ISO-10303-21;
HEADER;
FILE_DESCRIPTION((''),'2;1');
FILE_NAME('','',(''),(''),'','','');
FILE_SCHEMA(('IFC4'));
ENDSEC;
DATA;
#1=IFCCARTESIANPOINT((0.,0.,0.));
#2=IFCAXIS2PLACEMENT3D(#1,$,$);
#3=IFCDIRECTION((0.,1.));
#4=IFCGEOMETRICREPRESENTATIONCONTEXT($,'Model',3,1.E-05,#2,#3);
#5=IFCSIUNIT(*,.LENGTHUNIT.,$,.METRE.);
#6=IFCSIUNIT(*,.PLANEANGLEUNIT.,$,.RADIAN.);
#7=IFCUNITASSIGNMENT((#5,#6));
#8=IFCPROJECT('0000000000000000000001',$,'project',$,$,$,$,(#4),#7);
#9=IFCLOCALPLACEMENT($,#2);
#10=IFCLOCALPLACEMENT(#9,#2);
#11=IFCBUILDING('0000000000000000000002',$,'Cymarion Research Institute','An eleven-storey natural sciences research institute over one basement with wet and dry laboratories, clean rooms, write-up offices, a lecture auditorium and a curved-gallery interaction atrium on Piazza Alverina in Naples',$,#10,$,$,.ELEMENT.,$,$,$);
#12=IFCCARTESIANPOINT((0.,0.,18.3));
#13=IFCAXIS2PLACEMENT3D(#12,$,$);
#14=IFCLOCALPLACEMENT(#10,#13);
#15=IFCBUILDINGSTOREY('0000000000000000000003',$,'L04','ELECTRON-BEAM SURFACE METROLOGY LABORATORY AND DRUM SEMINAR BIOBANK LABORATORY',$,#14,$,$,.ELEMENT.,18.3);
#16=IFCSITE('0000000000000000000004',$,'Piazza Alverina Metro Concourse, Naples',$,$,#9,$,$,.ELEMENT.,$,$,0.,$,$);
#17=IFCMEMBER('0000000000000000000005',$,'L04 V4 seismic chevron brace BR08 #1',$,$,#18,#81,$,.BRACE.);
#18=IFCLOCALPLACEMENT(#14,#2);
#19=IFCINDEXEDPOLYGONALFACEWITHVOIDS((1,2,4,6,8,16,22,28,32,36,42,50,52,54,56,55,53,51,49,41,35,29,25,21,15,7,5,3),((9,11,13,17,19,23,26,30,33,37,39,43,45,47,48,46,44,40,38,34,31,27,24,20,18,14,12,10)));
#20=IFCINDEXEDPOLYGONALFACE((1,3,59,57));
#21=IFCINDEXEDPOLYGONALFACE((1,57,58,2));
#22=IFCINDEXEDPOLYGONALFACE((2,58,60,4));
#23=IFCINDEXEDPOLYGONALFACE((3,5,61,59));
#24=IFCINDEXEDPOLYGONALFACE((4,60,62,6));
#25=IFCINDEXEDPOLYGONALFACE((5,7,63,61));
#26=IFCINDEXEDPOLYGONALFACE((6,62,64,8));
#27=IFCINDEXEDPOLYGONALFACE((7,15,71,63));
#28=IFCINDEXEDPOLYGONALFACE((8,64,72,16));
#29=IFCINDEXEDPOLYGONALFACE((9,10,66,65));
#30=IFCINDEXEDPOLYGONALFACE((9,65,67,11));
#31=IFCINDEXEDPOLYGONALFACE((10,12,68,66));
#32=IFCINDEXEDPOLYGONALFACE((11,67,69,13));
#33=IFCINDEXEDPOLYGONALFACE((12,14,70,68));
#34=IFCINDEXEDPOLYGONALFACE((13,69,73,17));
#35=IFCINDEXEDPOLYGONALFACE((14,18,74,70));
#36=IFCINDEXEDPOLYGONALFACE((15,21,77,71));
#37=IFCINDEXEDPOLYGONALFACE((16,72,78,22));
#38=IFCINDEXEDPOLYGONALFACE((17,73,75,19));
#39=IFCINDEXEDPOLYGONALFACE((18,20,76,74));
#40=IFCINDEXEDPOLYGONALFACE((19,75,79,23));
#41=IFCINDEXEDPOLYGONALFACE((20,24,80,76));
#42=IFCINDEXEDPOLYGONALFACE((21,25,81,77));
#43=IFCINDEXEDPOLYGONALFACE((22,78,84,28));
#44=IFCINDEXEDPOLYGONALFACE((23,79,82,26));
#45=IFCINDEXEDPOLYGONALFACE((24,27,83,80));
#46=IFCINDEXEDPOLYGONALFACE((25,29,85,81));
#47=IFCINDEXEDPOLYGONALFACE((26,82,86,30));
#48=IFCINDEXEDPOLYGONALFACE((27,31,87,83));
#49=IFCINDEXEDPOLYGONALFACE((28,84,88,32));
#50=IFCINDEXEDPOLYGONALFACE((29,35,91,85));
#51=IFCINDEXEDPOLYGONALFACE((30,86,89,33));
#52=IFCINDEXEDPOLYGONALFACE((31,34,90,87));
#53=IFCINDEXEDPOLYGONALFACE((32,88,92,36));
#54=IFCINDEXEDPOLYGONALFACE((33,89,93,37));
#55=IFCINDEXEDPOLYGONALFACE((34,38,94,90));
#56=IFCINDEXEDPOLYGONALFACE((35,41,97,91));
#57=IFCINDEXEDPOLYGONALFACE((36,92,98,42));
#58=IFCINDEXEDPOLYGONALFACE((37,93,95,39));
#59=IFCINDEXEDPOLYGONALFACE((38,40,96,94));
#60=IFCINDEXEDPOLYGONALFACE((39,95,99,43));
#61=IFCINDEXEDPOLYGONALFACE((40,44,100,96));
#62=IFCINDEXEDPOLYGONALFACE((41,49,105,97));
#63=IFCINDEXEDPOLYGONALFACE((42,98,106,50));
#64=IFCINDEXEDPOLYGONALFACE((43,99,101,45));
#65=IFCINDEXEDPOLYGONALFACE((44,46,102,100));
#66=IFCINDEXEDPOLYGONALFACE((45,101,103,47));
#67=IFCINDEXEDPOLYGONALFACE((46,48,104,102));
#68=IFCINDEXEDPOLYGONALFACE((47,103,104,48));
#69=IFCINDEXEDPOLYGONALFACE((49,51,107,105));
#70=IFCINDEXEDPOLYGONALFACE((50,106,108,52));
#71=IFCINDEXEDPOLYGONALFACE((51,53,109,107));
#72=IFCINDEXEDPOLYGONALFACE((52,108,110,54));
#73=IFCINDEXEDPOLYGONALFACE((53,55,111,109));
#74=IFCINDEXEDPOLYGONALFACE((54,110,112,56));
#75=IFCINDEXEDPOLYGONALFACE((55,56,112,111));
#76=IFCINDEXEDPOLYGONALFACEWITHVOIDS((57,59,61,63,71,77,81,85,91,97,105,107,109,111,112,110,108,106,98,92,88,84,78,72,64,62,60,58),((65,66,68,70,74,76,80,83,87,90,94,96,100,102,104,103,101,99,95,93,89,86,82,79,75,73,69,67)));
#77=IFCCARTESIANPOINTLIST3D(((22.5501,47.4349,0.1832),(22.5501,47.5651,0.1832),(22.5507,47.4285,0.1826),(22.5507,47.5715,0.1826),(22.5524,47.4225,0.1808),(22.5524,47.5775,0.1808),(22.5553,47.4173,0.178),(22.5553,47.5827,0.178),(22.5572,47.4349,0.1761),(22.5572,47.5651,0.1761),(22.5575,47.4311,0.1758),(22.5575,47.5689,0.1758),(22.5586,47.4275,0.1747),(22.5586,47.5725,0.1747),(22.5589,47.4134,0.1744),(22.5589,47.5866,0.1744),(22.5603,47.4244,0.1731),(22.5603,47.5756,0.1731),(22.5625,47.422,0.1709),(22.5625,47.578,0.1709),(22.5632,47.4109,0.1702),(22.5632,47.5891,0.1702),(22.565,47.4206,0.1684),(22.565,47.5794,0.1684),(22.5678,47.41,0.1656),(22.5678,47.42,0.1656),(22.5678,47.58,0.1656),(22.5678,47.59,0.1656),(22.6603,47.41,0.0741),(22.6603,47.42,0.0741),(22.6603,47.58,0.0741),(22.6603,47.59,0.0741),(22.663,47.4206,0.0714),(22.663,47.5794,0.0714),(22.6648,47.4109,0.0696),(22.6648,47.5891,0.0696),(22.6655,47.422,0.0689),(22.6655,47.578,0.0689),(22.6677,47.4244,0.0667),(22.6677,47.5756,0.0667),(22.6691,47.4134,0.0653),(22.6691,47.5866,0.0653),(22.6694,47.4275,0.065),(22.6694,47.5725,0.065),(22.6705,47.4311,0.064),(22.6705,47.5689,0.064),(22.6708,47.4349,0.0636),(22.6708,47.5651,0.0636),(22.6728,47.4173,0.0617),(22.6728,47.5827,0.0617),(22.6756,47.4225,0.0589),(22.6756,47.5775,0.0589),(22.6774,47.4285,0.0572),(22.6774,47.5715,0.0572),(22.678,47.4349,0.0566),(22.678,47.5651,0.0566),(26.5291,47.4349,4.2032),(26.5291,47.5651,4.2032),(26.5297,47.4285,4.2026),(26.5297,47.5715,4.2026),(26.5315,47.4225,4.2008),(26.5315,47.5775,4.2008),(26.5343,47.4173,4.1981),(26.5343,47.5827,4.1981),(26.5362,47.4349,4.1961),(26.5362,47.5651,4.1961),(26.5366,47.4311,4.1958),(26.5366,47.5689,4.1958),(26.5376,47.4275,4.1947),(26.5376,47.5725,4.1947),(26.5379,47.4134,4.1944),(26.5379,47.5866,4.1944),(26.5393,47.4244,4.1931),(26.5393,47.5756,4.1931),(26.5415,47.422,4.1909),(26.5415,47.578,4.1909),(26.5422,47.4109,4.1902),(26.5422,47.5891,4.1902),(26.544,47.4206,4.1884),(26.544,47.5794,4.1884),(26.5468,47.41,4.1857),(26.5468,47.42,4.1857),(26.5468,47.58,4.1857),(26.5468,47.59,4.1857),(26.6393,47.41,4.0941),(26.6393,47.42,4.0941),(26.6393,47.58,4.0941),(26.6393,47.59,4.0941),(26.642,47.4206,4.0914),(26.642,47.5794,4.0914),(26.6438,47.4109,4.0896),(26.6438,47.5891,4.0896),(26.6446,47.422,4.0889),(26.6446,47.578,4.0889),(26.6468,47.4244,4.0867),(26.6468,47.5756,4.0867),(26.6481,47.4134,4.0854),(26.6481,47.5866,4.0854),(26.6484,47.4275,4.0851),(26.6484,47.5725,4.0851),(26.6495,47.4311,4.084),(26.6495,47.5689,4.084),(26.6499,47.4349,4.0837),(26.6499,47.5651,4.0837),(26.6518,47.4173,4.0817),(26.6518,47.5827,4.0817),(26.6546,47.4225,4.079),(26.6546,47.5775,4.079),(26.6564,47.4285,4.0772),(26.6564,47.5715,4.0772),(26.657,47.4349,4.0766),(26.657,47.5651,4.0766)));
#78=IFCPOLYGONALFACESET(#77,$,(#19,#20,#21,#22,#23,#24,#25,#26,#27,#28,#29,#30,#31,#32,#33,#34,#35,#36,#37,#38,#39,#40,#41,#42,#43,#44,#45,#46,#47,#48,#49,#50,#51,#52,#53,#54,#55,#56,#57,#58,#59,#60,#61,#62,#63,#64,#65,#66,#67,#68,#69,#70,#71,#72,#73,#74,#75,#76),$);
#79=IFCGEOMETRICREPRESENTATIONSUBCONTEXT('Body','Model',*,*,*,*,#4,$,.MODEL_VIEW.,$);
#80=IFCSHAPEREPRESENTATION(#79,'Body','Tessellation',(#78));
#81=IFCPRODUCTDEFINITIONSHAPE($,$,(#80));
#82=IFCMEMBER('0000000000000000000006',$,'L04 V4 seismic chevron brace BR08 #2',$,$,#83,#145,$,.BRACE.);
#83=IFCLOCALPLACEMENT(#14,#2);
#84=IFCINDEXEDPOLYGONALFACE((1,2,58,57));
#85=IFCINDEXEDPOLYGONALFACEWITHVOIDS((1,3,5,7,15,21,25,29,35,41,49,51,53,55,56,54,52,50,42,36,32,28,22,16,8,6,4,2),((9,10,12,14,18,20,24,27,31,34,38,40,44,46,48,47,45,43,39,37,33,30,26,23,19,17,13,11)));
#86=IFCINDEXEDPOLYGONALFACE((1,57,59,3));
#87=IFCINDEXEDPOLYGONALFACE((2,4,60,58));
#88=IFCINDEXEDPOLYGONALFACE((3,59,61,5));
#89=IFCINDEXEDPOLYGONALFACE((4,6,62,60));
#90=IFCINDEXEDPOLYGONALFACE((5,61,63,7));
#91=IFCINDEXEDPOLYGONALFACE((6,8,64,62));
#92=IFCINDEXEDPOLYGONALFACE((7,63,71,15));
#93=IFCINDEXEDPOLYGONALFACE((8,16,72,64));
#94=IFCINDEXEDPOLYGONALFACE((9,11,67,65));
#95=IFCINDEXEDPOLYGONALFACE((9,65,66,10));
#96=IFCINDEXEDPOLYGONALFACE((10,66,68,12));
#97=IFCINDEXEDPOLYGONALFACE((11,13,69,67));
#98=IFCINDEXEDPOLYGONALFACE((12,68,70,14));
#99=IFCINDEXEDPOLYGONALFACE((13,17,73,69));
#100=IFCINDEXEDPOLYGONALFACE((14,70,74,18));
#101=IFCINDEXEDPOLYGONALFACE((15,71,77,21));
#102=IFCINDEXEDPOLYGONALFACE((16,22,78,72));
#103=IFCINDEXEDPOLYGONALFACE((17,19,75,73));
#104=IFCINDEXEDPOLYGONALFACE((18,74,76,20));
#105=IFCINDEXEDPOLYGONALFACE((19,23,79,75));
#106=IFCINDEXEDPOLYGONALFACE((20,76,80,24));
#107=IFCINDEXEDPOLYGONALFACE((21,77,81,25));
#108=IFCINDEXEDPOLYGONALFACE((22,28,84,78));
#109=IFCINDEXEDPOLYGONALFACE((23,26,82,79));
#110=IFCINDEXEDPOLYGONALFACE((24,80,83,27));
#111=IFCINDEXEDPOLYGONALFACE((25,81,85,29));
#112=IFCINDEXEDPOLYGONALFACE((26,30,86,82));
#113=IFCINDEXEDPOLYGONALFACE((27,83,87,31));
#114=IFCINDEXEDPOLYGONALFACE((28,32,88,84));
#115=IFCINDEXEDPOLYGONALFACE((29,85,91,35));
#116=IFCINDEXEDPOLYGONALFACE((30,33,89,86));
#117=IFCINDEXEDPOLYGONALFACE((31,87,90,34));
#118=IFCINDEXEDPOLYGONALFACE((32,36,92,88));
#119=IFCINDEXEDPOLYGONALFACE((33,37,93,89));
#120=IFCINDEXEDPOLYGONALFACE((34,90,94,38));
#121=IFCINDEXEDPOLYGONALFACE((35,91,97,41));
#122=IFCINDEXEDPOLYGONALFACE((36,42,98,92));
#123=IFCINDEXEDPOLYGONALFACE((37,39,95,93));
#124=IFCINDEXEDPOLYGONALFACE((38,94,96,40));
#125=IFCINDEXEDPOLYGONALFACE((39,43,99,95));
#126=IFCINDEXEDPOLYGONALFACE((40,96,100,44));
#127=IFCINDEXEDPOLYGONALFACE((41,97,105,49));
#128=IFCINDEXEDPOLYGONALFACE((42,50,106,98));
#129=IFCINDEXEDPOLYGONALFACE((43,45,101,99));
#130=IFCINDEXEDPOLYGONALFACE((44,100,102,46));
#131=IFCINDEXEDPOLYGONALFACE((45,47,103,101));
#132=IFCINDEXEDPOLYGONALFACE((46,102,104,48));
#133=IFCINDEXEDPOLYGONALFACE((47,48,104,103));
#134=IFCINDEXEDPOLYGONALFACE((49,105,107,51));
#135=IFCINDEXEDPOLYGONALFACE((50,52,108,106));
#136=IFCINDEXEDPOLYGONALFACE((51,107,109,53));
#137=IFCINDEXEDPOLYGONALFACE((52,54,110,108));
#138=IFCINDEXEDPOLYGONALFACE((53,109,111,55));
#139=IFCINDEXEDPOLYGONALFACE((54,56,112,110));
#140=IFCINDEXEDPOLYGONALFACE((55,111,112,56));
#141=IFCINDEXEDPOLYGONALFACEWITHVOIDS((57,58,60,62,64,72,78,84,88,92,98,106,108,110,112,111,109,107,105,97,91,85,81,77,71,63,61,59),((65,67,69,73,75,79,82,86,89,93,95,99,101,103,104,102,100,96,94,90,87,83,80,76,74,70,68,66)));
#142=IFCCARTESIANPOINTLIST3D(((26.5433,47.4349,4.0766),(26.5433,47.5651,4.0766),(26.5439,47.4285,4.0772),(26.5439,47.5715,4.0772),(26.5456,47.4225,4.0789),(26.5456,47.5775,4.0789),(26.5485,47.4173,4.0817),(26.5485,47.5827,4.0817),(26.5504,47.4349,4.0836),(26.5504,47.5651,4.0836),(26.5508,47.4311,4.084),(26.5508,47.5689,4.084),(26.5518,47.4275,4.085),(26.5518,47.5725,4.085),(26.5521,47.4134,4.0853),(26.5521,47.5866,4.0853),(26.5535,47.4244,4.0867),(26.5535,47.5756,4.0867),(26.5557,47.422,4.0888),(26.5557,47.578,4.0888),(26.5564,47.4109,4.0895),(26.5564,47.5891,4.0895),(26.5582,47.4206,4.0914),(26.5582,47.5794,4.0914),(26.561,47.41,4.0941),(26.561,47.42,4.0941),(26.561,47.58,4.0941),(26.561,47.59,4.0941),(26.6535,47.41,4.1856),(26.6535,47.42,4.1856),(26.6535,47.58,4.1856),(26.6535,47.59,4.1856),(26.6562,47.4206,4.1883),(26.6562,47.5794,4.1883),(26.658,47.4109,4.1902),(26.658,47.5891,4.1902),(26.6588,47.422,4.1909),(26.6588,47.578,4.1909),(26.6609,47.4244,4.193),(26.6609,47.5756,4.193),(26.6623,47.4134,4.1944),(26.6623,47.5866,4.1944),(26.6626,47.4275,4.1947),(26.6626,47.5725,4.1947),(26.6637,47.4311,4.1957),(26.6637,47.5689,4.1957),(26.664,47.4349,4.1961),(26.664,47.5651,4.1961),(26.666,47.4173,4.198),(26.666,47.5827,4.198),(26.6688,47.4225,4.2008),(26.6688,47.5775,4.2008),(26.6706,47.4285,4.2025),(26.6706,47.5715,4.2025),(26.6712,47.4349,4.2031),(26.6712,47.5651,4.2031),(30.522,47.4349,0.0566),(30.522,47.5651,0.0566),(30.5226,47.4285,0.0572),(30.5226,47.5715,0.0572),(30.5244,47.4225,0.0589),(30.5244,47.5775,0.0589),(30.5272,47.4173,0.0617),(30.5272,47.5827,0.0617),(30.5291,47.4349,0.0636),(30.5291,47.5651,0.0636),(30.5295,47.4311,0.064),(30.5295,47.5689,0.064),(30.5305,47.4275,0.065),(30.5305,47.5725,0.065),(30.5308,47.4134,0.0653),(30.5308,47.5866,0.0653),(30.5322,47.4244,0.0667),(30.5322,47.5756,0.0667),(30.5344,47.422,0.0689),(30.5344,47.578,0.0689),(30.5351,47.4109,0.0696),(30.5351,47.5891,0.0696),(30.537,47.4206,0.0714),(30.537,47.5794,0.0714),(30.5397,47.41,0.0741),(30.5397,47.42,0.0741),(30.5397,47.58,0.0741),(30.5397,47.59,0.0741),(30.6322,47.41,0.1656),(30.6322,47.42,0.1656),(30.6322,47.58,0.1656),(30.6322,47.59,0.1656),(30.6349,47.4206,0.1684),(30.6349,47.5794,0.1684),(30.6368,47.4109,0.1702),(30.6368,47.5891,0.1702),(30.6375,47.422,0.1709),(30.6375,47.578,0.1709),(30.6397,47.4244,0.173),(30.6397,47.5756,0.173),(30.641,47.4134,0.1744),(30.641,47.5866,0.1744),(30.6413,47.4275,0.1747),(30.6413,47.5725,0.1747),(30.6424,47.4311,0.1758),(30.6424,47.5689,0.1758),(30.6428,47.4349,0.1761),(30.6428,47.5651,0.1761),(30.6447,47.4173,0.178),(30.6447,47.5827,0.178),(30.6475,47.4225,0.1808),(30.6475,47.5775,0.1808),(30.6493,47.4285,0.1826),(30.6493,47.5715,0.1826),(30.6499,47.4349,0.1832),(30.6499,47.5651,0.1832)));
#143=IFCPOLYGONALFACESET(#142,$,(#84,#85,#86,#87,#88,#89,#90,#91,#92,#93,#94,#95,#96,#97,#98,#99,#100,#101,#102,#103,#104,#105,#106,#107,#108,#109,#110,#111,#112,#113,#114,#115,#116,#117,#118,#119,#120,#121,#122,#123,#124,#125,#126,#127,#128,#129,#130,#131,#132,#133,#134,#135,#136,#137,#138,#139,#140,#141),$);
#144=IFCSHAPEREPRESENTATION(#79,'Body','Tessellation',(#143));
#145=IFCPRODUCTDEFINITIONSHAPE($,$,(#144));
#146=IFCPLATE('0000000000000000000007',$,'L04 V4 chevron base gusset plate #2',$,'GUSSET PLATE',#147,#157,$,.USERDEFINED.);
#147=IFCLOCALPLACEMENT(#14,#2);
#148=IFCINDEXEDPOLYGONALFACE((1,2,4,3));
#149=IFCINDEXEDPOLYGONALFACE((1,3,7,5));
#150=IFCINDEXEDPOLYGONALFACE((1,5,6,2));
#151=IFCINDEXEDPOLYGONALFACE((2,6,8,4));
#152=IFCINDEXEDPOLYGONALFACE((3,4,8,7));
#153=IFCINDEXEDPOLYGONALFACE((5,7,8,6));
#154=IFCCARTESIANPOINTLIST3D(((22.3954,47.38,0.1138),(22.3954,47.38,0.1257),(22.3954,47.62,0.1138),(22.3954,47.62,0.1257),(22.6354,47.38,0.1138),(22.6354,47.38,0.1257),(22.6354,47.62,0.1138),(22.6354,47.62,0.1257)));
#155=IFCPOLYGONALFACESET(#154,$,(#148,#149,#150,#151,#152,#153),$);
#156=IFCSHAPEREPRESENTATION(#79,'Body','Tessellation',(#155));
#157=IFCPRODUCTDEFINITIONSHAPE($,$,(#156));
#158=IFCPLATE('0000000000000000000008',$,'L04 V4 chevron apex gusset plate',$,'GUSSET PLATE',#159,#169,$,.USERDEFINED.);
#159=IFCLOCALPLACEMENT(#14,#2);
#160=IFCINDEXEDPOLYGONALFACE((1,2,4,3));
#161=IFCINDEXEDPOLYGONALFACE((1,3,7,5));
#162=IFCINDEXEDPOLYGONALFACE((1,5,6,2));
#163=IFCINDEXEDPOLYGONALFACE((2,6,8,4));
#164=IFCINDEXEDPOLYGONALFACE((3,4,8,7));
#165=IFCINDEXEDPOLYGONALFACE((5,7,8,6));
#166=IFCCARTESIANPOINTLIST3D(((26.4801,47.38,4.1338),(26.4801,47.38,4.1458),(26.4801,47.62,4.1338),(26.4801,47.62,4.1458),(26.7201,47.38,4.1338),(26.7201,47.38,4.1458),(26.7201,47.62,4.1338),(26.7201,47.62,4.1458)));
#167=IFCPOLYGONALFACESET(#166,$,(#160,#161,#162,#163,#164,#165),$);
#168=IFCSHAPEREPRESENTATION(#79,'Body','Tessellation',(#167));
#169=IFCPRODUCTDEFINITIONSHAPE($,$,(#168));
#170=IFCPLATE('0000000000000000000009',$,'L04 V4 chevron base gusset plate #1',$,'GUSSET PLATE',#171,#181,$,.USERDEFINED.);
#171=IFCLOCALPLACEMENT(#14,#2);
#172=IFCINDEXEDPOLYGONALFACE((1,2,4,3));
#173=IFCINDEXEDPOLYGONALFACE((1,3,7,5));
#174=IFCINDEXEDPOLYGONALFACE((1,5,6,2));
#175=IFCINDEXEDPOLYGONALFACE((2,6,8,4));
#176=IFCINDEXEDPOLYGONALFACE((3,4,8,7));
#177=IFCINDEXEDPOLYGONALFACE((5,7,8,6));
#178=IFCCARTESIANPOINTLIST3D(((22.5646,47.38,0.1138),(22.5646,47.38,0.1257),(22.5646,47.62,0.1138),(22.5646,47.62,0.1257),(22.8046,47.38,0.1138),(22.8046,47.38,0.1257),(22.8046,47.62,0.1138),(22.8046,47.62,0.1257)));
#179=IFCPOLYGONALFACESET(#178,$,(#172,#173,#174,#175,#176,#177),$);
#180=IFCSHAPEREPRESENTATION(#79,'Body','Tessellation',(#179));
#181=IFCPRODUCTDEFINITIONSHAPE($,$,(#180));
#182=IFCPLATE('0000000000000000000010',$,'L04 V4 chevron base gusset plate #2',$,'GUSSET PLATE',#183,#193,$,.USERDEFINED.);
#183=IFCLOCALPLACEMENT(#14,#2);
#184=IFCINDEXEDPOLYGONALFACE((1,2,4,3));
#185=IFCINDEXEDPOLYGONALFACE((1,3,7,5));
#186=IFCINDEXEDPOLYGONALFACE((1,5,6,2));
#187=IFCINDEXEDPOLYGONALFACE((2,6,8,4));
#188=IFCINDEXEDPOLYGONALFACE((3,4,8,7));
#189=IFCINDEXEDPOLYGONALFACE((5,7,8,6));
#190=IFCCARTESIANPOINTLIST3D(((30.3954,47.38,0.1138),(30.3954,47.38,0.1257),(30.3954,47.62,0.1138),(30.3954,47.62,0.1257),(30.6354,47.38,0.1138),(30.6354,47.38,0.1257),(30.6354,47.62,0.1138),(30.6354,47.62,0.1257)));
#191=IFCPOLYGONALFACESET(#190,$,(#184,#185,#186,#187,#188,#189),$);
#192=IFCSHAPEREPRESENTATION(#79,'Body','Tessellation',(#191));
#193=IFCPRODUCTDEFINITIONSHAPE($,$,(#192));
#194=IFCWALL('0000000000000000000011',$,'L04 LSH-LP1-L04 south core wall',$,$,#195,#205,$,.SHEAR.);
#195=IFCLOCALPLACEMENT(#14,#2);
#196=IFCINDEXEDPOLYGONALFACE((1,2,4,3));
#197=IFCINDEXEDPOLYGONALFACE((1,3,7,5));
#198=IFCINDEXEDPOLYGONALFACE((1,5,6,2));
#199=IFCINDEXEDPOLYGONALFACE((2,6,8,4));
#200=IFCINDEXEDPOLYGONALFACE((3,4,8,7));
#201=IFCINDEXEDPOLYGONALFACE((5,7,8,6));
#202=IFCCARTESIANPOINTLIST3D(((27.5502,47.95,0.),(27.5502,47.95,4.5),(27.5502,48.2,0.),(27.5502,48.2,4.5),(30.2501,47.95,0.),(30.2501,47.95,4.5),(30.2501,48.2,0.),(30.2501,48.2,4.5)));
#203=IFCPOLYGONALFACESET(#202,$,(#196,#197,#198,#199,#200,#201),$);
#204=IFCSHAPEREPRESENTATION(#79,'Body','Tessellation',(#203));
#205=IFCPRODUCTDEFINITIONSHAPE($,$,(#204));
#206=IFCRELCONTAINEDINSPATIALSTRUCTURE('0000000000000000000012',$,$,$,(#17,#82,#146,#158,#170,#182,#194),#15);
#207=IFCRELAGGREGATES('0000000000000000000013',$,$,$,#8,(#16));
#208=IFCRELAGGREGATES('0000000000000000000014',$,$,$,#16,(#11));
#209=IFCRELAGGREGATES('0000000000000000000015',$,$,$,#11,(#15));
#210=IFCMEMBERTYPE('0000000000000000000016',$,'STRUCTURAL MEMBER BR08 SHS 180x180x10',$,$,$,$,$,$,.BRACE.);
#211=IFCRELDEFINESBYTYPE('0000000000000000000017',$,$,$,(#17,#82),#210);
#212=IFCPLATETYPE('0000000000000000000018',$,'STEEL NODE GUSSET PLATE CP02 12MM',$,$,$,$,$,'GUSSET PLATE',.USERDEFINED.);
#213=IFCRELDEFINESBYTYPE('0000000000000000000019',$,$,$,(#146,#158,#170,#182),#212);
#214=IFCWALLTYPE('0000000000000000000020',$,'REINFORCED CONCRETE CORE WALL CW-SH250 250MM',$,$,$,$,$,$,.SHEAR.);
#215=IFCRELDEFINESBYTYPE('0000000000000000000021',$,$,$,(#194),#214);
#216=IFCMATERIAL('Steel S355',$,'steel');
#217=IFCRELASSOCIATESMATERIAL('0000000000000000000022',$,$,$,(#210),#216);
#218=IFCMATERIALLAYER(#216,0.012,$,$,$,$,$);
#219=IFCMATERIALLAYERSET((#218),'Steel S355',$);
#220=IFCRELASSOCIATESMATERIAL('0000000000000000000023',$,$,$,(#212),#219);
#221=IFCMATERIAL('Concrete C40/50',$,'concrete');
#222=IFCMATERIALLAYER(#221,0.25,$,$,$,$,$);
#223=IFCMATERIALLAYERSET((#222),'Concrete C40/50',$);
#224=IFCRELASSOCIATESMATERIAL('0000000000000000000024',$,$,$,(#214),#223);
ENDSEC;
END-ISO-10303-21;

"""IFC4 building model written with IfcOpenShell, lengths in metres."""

from ifc_helpers import new_model, si_unit, direction, frame, frame_2d, origin, origin_2d, place, context, subcontext, project, spatial, rectangle, hollow_rectangle, extrude, material, layer, layer_set, material_profile, profile_set, type_object, element, save


model = new_model("IFC4")

# Units and contexts
model_context = context("Model", 3, precision=1e-05, world=origin(), true_north=direction((0.0, 1.0)))
body_context = subcontext(model_context, "Body", "Model", "MODEL_VIEW")
ifc_project = project(units=[si_unit("LENGTHUNIT", "METRE"), si_unit("PLANEANGLEUNIT", "RADIAN")], contexts=[model_context])

# Site, building, storey
site_placement = place(None, origin())
site = spatial("IfcSite", under=ifc_project, at=site_placement, Name="Piazza Alverina Metro Concourse, Naples", CompositionType="ELEMENT", RefElevation=0.0)
building_placement = place(site_placement, origin())
building = spatial("IfcBuilding", under=site, at=building_placement, Name="Cymarion Research Institute", Description="An eleven-storey natural sciences research institute over one basement with wet and dry laboratories, clean rooms, write-up offices, a lecture auditorium and a curved-gallery interaction atrium on Piazza Alverina in Naples", CompositionType="ELEMENT")
storey_placement = place(building_placement, frame((0.0, 0.0, 18.3)))
storey = spatial("IfcBuildingStorey", under=building, at=storey_placement, Name="L04", Description="ELECTRON-BEAM SURFACE METROLOGY LABORATORY AND DRUM SEMINAR BIOBANK LABORATORY", CompositionType="ELEMENT", Elevation=18.3)

# Shared definitions
ifc_material_1 = material(Name="Steel S355", Category="steel")
ifc_material_2 = material(Name="Concrete C40/50", Category="concrete")

# Members
ifc_material_profile_1 = material_profile(ifc_material_1, hollow_rectangle(XDim=0.1799, YDim=0.1799, WallThickness=0.01, InnerFilletRadius=0.0149, OuterFilletRadius=0.0249, at=origin_2d()), Name="SHS 180x180x10")
ifc_profile_set_1 = profile_set([ifc_material_profile_1], Name="Steel S355")
member_type_1 = type_object("IfcMemberType", Name="STRUCTURAL MEMBER BR08 SHS 180x180x10", PredefinedType="BRACE", material=ifc_profile_set_1)
member_1_placement = place(storey_placement, frame((22.614, 47.5, 0.1199), z_axis=(0.703472, 0.0, 0.710723), x_axis=(0.0, 1.0, 0.0)))
element("IfcMember", 1, at=member_1_placement, inside=storey, type_object=member_type_1, Name="L04 V4 seismic chevron brace BR08 #1", PredefinedType="BRACE", context=body_context, shape_type="SweptSolid", body=[
    extrude(hollow_rectangle(XDim=0.1799, YDim=0.1799, WallThickness=0.01, InnerFilletRadius=0.0149, OuterFilletRadius=0.0249, at=origin_2d()), origin(), (0.0, 0.0, 1.0), 5.6562),
])
member_2_placement = place(storey_placement, frame((30.5859, 47.5, 0.1199), z_axis=(-0.70345, 0.0, 0.710745), x_axis=(0.0, -1.0, 0.0)))
element("IfcMember", 2, at=member_2_placement, inside=storey, type_object=member_type_1, Name="L04 V4 seismic chevron brace BR08 #2", PredefinedType="BRACE", context=body_context, shape_type="SweptSolid", body=[
    extrude(hollow_rectangle(XDim=0.1799, YDim=0.1799, WallThickness=0.01, InnerFilletRadius=0.0149, OuterFilletRadius=0.0249, at=origin_2d()), origin(), (0.0, 0.0, 1.0), 5.656),
])

# Plates
ifc_layer_1 = layer(ifc_material_1, 0.012)
ifc_layer_set_1 = layer_set([ifc_layer_1], Name="Steel S355")
plate_type = type_object("IfcPlateType", Name="STEEL NODE GUSSET PLATE CP02 12MM", ElementType="GUSSET PLATE", PredefinedType="USERDEFINED", material=ifc_layer_set_1)
for number, where, z_axis, x_axis, name in (
    (3, (22.5154, 47.5, 0.1138), (0.0, 0.0, 1.0), (1.0, 0.0, 0.0), "L04 V4 chevron base gusset plate #2"),
    (4, (26.6001, 47.5, 4.1338), (0.0, 0.0, 1.0), (1.0, 0.0, 0.0), "L04 V4 chevron apex gusset plate"),
    (5, (22.6846, 47.5, 0.1138), (0.0, 0.0, 1.0), (1.0, 0.0, 0.0), "L04 V4 chevron base gusset plate #1"),
    (6, (30.5154, 47.5, 0.1138), (0.0, 0.0, 1.0), (1.0, 0.0, 0.0), "L04 V4 chevron base gusset plate #2"),
):
    element("IfcPlate", number, at=place(storey_placement, frame(where, z_axis=z_axis, x_axis=x_axis)), inside=storey, type_object=plate_type, Name=name, ObjectType="GUSSET PLATE", PredefinedType="USERDEFINED", context=body_context, shape_type="SweptSolid", body=[
        extrude(rectangle(XDim=0.24, YDim=0.24, at=origin_2d()), origin(), (0.0, 0.0, 1.0), 0.012),
    ])

# Wall
ifc_layer_2 = layer(ifc_material_2, 0.25)
ifc_layer_set_2 = layer_set([ifc_layer_2], Name="Concrete C40/50")
wall_type_1 = type_object("IfcWallType", Name="REINFORCED CONCRETE CORE WALL CW-SH250 250MM", PredefinedType="SHEAR", material=ifc_layer_set_2)
wall_1_placement = place(storey_placement, frame((27.55, 48.075, 0.0), z_axis=(0.0, 0.0, 1.0), x_axis=(1.0, 0.0, 0.0)))
element("IfcWall", 7, at=wall_1_placement, inside=storey, type_object=wall_type_1, Name="L04 LSH-LP1-L04 south core wall", PredefinedType="SHEAR", context=body_context, shape_type="SweptSolid", body=[
    extrude(rectangle(XDim=2.7, YDim=0.25, at=frame_2d((1.3501, 0.0))), origin(), (0.0, 0.0, 1.0), 4.5),
])

save(model, "model.ifc")
